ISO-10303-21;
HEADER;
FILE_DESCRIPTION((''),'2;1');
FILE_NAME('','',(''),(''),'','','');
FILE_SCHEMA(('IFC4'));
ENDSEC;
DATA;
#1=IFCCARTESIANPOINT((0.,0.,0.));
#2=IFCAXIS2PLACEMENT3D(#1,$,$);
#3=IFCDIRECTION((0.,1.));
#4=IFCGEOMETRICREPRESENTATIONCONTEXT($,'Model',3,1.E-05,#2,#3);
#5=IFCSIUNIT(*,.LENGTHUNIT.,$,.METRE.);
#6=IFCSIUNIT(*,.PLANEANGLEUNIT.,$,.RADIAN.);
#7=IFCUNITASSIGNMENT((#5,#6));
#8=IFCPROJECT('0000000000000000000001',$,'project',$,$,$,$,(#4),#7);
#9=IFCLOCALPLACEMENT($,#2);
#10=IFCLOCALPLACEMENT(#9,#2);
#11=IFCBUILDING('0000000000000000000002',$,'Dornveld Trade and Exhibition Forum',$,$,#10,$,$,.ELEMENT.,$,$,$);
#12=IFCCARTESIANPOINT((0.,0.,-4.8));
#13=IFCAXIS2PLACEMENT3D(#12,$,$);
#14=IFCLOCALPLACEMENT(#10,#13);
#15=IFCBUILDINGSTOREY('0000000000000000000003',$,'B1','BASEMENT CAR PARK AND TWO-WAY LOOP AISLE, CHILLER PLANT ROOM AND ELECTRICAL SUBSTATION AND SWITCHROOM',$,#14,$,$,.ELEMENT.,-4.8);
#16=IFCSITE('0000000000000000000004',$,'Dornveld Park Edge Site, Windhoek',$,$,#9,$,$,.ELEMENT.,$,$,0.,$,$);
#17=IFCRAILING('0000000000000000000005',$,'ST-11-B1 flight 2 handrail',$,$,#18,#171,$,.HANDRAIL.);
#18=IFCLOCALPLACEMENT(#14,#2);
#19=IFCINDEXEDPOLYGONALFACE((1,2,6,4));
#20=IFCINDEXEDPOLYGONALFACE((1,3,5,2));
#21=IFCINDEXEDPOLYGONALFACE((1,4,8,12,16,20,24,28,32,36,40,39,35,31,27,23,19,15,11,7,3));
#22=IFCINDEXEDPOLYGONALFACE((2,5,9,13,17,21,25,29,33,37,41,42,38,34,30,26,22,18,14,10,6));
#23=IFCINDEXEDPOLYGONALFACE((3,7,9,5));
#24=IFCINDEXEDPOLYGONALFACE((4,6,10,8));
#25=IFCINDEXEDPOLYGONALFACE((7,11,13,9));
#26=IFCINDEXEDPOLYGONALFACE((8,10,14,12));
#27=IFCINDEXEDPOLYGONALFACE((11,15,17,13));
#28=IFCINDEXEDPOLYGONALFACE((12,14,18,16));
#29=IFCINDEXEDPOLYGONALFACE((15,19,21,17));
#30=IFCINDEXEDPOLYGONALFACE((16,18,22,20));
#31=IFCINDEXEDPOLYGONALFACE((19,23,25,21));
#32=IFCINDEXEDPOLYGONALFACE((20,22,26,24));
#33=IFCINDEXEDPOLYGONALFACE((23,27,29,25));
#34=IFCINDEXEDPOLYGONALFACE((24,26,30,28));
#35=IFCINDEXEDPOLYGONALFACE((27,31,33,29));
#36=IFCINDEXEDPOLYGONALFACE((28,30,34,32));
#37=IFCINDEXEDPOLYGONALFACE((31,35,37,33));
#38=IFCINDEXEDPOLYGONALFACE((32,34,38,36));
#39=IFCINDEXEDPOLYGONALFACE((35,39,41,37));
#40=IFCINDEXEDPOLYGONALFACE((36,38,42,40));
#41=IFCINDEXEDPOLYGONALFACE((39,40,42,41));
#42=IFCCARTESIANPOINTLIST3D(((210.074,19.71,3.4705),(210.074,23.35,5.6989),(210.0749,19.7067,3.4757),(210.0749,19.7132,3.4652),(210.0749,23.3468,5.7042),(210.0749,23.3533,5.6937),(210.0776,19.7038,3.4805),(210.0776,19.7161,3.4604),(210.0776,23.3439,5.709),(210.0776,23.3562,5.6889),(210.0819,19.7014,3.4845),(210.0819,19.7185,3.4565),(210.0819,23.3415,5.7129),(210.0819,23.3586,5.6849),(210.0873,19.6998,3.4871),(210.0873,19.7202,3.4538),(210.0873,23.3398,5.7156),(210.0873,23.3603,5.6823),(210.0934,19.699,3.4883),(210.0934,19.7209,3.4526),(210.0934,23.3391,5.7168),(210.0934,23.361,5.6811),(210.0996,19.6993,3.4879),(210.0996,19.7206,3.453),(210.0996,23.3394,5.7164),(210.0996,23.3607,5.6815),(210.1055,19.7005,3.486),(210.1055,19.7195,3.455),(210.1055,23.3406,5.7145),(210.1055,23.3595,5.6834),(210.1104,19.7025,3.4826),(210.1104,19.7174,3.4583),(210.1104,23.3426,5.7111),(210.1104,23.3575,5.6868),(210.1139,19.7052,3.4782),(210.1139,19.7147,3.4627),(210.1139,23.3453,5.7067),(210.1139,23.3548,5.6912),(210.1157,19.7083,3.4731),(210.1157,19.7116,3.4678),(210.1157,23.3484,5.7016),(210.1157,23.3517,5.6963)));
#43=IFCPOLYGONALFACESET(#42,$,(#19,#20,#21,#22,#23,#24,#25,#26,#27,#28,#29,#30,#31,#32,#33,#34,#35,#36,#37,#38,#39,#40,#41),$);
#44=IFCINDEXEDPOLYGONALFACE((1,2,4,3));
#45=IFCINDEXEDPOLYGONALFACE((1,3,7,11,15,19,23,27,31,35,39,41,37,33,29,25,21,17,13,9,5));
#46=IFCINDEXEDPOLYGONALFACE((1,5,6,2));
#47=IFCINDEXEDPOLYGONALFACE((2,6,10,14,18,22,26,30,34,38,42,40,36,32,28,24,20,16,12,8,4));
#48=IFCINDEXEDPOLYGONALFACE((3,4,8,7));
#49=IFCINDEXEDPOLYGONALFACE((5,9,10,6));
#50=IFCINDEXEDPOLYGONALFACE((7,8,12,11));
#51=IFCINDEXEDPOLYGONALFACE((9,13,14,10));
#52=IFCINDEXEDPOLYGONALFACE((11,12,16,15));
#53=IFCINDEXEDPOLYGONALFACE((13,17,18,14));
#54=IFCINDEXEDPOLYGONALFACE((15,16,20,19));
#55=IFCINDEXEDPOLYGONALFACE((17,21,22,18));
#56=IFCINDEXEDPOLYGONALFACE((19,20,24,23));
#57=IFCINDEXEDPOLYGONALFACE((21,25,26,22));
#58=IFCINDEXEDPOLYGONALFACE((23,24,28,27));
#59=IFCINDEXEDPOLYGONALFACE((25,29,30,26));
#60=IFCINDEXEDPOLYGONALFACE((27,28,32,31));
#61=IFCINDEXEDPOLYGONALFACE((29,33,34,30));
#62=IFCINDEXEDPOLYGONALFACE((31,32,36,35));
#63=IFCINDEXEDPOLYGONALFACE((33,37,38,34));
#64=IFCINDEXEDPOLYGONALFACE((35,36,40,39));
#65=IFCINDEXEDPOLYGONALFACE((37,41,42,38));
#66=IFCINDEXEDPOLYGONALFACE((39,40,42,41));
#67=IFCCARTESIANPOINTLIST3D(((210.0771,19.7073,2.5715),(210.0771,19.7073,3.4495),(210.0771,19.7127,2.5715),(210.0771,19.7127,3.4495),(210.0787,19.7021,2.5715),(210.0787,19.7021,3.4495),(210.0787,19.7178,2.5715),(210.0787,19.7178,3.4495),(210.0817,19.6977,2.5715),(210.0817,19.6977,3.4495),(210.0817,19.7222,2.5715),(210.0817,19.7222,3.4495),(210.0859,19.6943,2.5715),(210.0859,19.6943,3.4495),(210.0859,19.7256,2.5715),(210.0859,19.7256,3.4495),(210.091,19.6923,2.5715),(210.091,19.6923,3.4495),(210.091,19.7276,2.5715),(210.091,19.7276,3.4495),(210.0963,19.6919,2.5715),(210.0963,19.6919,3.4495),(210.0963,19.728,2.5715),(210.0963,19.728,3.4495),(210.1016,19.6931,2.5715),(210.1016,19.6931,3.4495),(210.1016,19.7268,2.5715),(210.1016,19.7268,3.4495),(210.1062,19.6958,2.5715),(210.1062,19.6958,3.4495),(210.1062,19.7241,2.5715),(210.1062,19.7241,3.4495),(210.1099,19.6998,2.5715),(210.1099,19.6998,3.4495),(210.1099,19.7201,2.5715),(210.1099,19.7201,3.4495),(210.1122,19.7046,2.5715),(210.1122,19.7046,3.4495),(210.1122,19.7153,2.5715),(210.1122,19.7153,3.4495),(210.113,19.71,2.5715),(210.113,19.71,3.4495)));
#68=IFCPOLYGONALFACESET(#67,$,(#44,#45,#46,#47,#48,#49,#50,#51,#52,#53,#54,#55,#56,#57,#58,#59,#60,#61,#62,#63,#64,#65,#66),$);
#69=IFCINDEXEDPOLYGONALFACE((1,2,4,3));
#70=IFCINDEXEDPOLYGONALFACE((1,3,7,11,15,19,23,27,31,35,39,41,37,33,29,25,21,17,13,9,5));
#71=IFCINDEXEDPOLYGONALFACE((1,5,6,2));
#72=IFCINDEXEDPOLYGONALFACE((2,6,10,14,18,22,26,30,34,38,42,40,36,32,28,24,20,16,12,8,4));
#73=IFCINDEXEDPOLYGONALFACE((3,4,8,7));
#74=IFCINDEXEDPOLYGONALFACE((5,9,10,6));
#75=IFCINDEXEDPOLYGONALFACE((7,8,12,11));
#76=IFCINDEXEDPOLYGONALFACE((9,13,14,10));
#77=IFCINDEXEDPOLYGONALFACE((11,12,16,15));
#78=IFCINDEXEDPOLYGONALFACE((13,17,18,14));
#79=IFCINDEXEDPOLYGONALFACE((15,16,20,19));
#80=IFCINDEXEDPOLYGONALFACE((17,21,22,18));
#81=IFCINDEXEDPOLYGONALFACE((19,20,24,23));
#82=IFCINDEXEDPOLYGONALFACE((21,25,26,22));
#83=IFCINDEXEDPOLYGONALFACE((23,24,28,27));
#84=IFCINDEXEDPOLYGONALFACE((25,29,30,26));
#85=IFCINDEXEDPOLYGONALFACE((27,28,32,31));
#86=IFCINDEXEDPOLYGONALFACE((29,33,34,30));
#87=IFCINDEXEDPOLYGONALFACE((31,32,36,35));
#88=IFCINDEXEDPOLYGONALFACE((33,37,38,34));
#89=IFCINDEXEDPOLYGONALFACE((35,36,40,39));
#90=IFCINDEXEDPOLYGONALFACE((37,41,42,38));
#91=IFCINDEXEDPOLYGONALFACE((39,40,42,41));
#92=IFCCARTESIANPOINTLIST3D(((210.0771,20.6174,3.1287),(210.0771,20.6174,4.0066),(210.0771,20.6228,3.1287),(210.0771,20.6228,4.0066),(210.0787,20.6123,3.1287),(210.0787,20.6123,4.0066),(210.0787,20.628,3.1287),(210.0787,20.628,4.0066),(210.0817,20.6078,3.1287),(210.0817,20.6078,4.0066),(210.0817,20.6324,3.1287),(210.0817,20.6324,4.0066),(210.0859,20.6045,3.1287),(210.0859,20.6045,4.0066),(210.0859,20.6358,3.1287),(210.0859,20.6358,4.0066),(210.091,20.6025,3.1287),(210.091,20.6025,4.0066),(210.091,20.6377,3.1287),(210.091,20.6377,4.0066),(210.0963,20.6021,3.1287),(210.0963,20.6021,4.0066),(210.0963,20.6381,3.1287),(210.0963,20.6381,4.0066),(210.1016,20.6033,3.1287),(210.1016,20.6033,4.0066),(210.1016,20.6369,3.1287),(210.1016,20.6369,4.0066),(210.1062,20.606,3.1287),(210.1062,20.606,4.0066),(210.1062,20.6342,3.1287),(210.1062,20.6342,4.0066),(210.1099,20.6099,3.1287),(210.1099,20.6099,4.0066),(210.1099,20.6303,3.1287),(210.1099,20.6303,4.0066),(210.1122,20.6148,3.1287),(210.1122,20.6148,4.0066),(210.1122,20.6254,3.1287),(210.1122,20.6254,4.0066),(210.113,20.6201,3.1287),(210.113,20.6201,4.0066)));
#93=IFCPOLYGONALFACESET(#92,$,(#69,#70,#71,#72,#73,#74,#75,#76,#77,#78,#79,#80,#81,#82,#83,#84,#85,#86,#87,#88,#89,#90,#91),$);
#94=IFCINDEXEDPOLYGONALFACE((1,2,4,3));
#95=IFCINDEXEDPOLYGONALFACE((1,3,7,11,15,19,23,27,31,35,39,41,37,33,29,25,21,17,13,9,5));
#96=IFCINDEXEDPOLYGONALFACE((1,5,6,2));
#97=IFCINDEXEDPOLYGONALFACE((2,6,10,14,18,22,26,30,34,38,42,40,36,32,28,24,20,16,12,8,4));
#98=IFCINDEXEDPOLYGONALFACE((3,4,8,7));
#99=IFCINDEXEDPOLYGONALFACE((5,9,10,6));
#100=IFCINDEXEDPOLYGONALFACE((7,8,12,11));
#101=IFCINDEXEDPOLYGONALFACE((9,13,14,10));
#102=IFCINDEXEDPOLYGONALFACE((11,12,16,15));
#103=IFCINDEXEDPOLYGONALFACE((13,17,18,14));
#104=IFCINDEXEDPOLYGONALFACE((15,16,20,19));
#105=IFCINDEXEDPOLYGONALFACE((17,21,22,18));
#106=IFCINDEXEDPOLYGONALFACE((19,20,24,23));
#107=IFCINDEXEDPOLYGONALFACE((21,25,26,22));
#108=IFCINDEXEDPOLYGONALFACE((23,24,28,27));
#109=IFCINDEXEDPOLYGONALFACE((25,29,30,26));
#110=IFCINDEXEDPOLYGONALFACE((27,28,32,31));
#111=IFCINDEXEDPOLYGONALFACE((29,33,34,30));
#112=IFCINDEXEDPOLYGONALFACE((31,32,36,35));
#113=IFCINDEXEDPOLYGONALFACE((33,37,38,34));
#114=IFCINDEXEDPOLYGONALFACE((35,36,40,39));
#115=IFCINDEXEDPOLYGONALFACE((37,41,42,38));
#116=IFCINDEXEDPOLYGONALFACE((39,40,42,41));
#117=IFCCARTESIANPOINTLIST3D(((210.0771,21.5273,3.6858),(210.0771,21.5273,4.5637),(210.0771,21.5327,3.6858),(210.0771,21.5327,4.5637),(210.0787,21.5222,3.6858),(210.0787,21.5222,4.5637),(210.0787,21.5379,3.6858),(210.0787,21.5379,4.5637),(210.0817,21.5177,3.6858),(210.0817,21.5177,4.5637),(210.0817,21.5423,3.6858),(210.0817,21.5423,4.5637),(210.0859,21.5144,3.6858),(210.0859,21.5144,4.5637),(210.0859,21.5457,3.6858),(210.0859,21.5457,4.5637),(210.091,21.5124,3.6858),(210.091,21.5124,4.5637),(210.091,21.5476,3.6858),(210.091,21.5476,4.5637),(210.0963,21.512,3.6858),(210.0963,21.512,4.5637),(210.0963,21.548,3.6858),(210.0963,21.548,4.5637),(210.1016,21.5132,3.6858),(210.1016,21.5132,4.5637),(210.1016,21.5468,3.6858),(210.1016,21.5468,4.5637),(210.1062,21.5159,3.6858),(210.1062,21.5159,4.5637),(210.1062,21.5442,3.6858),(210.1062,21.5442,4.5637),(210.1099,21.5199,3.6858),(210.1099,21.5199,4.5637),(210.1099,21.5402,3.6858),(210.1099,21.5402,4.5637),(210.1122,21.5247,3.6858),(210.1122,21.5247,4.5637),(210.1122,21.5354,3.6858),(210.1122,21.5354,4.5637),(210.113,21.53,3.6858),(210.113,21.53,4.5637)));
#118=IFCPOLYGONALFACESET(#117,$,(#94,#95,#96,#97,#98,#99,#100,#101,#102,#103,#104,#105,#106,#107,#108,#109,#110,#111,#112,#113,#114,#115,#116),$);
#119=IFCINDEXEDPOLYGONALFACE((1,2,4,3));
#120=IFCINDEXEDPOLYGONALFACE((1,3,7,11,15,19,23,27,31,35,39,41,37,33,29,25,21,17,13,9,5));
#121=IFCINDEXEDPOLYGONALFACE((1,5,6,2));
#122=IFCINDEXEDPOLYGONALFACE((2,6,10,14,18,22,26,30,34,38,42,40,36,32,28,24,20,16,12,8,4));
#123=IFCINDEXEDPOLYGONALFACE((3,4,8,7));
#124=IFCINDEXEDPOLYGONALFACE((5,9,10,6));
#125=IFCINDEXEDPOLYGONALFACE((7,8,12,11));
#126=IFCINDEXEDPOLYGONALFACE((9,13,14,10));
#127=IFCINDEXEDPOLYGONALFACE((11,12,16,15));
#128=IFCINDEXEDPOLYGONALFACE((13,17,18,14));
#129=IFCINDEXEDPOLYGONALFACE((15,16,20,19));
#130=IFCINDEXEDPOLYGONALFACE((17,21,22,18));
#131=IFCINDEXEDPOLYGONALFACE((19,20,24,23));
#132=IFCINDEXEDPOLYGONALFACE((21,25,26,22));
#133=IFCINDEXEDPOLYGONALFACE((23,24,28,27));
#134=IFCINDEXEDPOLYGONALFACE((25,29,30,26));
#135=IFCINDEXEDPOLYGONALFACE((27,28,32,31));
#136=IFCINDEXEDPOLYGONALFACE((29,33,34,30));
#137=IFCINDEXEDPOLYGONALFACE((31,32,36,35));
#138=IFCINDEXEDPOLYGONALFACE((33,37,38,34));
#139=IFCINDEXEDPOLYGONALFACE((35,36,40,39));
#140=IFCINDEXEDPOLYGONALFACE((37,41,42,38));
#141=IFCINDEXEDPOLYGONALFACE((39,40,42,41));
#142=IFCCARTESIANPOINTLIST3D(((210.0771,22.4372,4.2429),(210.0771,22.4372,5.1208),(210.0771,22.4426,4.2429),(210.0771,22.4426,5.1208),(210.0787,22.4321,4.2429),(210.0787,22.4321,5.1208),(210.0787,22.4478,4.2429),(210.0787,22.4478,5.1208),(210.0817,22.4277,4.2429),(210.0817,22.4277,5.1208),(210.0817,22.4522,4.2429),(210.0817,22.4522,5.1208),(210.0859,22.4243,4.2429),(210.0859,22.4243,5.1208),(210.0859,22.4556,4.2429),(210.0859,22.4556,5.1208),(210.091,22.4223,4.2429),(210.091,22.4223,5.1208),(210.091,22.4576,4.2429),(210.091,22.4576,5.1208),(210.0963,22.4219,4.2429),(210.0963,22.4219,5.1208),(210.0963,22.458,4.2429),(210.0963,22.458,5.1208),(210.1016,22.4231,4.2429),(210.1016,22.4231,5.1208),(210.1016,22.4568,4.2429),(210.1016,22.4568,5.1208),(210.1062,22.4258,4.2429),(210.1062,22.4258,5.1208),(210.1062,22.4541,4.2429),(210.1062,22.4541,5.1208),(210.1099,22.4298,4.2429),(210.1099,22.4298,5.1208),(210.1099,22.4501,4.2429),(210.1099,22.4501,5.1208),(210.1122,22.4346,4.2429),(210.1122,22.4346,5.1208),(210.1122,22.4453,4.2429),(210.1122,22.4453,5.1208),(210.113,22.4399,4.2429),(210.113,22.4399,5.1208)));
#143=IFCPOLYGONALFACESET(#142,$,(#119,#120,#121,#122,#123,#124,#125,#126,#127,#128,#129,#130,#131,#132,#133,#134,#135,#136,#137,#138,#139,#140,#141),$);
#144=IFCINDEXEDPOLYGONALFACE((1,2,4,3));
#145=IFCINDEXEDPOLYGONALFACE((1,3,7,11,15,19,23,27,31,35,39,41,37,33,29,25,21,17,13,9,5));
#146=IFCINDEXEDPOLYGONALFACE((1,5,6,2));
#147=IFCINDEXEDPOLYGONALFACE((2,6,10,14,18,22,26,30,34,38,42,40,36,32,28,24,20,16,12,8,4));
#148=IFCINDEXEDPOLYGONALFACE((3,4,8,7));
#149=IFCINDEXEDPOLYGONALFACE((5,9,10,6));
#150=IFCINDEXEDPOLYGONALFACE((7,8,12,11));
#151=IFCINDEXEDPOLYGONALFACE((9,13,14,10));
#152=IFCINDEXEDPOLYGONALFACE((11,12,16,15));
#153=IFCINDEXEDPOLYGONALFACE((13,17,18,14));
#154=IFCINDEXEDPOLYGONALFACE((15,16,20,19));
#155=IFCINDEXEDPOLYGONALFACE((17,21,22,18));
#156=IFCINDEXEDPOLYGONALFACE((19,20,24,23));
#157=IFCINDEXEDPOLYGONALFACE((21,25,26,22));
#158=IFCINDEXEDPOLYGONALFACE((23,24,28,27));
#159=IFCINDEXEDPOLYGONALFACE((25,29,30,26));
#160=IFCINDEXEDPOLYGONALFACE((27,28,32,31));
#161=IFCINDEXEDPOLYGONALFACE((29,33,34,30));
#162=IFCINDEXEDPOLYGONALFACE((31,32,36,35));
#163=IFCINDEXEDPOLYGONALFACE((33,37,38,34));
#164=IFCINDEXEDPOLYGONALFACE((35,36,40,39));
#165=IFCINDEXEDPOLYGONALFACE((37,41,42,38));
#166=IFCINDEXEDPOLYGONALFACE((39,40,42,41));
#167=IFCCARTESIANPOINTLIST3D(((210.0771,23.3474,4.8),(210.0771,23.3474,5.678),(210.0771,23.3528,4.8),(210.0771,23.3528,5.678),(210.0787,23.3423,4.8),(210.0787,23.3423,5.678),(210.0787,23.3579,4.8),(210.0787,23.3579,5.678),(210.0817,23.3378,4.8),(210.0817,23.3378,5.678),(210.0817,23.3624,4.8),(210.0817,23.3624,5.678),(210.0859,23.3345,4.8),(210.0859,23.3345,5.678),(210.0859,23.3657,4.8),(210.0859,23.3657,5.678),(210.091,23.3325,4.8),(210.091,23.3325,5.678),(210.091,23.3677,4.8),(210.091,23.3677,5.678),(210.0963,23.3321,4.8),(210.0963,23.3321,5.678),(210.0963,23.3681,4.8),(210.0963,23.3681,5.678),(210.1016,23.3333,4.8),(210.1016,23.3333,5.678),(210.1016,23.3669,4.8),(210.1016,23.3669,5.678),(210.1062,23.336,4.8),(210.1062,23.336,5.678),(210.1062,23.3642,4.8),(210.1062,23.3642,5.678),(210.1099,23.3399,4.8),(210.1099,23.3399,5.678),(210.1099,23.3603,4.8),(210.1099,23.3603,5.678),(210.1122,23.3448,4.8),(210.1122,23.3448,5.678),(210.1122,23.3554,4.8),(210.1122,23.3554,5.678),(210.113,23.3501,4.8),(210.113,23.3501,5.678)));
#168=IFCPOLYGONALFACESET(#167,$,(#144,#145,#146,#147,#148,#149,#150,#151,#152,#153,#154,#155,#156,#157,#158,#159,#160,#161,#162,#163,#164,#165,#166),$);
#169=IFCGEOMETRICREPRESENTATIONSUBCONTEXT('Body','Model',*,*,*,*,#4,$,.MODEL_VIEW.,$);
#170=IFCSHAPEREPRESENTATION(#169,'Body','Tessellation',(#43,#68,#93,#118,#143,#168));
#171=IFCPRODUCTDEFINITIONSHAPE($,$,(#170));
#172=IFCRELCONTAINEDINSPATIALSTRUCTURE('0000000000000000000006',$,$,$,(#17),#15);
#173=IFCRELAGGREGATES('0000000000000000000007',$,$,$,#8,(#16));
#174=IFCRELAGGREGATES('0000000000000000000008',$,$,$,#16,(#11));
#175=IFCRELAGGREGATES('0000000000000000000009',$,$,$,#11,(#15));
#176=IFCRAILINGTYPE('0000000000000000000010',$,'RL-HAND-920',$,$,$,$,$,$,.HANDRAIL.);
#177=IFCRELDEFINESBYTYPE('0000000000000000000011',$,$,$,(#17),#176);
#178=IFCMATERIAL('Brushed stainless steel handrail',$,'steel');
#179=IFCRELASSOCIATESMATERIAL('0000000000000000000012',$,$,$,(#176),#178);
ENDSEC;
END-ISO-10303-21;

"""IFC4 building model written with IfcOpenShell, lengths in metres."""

from ifc_helpers import new_model, si_unit, direction, frame, origin, origin_2d, place, context, subcontext, project, spatial, circle, extrude, material, type_object, element, save


model = new_model("IFC4")

# Units and contexts
model_context = context("Model", 3, precision=1e-05, world=origin(), true_north=direction((0.0, 1.0)))
body_context = subcontext(model_context, "Body", "Model", "MODEL_VIEW")
ifc_project = project(units=[si_unit("LENGTHUNIT", "METRE"), si_unit("PLANEANGLEUNIT", "RADIAN")], contexts=[model_context])

# Site, building, storey
site_placement = place(None, origin())
site = spatial("IfcSite", under=ifc_project, at=site_placement, Name="Dornveld Park Edge Site, Windhoek", CompositionType="ELEMENT", RefElevation=0.0)
building_placement = place(site_placement, origin())
building = spatial("IfcBuilding", under=site, at=building_placement, Name="Dornveld Trade and Exhibition Forum", CompositionType="ELEMENT")
storey_placement = place(building_placement, frame((0.0, 0.0, -4.8)))
storey = spatial("IfcBuildingStorey", under=building, at=storey_placement, Name="B1", Description="BASEMENT CAR PARK AND TWO-WAY LOOP AISLE, CHILLER PLANT ROOM AND ELECTRICAL SUBSTATION AND SWITCHROOM", CompositionType="ELEMENT", Elevation=-4.8)

# Railing
ifc_material_1 = material(Name="Brushed stainless steel handrail", Category="steel")
railing_type_1 = type_object("IfcRailingType", Name="RL-HAND-920", PredefinedType="HANDRAIL", material=ifc_material_1)
railing_1_placement = place(storey_placement, frame((210.095, 19.71, 2.5715)))
element("IfcRailing", 1, at=railing_1_placement, inside=storey, type_object=railing_type_1, Name="ST-11-B1 flight 2 handrail", PredefinedType="HANDRAIL", context=body_context, shape_type="SweptSolid", body=[
    extrude(circle(Radius=0.021, at=origin_2d()), frame((0.0, 0.0, 0.8989), z_axis=(0.0, 0.852866, 0.52213), x_axis=(-1.0, 0.0, 0.0)), (0.0, 0.0, 1.0), 4.2681),
    extrude(circle(Radius=0.0181, at=origin_2d()), origin(), (0.0, 0.0, 1.0), 0.8779),
    extrude(circle(Radius=0.0181, at=origin_2d()), frame((0.0, 0.9102, 0.5571)), (0.0, 0.0, 1.0), 0.8779),
    extrude(circle(Radius=0.0181, at=origin_2d()), frame((0.0, 1.8201, 1.1143)), (0.0, 0.0, 1.0), 0.8779),
    extrude(circle(Radius=0.0181, at=origin_2d()), frame((0.0, 2.73, 1.6714)), (0.0, 0.0, 1.0), 0.8779),
    extrude(circle(Radius=0.0181, at=origin_2d()), frame((0.0, 3.6401, 2.2285)), (0.0, 0.0, 1.0), 0.8779),
])

save(model, "model.ifc")
